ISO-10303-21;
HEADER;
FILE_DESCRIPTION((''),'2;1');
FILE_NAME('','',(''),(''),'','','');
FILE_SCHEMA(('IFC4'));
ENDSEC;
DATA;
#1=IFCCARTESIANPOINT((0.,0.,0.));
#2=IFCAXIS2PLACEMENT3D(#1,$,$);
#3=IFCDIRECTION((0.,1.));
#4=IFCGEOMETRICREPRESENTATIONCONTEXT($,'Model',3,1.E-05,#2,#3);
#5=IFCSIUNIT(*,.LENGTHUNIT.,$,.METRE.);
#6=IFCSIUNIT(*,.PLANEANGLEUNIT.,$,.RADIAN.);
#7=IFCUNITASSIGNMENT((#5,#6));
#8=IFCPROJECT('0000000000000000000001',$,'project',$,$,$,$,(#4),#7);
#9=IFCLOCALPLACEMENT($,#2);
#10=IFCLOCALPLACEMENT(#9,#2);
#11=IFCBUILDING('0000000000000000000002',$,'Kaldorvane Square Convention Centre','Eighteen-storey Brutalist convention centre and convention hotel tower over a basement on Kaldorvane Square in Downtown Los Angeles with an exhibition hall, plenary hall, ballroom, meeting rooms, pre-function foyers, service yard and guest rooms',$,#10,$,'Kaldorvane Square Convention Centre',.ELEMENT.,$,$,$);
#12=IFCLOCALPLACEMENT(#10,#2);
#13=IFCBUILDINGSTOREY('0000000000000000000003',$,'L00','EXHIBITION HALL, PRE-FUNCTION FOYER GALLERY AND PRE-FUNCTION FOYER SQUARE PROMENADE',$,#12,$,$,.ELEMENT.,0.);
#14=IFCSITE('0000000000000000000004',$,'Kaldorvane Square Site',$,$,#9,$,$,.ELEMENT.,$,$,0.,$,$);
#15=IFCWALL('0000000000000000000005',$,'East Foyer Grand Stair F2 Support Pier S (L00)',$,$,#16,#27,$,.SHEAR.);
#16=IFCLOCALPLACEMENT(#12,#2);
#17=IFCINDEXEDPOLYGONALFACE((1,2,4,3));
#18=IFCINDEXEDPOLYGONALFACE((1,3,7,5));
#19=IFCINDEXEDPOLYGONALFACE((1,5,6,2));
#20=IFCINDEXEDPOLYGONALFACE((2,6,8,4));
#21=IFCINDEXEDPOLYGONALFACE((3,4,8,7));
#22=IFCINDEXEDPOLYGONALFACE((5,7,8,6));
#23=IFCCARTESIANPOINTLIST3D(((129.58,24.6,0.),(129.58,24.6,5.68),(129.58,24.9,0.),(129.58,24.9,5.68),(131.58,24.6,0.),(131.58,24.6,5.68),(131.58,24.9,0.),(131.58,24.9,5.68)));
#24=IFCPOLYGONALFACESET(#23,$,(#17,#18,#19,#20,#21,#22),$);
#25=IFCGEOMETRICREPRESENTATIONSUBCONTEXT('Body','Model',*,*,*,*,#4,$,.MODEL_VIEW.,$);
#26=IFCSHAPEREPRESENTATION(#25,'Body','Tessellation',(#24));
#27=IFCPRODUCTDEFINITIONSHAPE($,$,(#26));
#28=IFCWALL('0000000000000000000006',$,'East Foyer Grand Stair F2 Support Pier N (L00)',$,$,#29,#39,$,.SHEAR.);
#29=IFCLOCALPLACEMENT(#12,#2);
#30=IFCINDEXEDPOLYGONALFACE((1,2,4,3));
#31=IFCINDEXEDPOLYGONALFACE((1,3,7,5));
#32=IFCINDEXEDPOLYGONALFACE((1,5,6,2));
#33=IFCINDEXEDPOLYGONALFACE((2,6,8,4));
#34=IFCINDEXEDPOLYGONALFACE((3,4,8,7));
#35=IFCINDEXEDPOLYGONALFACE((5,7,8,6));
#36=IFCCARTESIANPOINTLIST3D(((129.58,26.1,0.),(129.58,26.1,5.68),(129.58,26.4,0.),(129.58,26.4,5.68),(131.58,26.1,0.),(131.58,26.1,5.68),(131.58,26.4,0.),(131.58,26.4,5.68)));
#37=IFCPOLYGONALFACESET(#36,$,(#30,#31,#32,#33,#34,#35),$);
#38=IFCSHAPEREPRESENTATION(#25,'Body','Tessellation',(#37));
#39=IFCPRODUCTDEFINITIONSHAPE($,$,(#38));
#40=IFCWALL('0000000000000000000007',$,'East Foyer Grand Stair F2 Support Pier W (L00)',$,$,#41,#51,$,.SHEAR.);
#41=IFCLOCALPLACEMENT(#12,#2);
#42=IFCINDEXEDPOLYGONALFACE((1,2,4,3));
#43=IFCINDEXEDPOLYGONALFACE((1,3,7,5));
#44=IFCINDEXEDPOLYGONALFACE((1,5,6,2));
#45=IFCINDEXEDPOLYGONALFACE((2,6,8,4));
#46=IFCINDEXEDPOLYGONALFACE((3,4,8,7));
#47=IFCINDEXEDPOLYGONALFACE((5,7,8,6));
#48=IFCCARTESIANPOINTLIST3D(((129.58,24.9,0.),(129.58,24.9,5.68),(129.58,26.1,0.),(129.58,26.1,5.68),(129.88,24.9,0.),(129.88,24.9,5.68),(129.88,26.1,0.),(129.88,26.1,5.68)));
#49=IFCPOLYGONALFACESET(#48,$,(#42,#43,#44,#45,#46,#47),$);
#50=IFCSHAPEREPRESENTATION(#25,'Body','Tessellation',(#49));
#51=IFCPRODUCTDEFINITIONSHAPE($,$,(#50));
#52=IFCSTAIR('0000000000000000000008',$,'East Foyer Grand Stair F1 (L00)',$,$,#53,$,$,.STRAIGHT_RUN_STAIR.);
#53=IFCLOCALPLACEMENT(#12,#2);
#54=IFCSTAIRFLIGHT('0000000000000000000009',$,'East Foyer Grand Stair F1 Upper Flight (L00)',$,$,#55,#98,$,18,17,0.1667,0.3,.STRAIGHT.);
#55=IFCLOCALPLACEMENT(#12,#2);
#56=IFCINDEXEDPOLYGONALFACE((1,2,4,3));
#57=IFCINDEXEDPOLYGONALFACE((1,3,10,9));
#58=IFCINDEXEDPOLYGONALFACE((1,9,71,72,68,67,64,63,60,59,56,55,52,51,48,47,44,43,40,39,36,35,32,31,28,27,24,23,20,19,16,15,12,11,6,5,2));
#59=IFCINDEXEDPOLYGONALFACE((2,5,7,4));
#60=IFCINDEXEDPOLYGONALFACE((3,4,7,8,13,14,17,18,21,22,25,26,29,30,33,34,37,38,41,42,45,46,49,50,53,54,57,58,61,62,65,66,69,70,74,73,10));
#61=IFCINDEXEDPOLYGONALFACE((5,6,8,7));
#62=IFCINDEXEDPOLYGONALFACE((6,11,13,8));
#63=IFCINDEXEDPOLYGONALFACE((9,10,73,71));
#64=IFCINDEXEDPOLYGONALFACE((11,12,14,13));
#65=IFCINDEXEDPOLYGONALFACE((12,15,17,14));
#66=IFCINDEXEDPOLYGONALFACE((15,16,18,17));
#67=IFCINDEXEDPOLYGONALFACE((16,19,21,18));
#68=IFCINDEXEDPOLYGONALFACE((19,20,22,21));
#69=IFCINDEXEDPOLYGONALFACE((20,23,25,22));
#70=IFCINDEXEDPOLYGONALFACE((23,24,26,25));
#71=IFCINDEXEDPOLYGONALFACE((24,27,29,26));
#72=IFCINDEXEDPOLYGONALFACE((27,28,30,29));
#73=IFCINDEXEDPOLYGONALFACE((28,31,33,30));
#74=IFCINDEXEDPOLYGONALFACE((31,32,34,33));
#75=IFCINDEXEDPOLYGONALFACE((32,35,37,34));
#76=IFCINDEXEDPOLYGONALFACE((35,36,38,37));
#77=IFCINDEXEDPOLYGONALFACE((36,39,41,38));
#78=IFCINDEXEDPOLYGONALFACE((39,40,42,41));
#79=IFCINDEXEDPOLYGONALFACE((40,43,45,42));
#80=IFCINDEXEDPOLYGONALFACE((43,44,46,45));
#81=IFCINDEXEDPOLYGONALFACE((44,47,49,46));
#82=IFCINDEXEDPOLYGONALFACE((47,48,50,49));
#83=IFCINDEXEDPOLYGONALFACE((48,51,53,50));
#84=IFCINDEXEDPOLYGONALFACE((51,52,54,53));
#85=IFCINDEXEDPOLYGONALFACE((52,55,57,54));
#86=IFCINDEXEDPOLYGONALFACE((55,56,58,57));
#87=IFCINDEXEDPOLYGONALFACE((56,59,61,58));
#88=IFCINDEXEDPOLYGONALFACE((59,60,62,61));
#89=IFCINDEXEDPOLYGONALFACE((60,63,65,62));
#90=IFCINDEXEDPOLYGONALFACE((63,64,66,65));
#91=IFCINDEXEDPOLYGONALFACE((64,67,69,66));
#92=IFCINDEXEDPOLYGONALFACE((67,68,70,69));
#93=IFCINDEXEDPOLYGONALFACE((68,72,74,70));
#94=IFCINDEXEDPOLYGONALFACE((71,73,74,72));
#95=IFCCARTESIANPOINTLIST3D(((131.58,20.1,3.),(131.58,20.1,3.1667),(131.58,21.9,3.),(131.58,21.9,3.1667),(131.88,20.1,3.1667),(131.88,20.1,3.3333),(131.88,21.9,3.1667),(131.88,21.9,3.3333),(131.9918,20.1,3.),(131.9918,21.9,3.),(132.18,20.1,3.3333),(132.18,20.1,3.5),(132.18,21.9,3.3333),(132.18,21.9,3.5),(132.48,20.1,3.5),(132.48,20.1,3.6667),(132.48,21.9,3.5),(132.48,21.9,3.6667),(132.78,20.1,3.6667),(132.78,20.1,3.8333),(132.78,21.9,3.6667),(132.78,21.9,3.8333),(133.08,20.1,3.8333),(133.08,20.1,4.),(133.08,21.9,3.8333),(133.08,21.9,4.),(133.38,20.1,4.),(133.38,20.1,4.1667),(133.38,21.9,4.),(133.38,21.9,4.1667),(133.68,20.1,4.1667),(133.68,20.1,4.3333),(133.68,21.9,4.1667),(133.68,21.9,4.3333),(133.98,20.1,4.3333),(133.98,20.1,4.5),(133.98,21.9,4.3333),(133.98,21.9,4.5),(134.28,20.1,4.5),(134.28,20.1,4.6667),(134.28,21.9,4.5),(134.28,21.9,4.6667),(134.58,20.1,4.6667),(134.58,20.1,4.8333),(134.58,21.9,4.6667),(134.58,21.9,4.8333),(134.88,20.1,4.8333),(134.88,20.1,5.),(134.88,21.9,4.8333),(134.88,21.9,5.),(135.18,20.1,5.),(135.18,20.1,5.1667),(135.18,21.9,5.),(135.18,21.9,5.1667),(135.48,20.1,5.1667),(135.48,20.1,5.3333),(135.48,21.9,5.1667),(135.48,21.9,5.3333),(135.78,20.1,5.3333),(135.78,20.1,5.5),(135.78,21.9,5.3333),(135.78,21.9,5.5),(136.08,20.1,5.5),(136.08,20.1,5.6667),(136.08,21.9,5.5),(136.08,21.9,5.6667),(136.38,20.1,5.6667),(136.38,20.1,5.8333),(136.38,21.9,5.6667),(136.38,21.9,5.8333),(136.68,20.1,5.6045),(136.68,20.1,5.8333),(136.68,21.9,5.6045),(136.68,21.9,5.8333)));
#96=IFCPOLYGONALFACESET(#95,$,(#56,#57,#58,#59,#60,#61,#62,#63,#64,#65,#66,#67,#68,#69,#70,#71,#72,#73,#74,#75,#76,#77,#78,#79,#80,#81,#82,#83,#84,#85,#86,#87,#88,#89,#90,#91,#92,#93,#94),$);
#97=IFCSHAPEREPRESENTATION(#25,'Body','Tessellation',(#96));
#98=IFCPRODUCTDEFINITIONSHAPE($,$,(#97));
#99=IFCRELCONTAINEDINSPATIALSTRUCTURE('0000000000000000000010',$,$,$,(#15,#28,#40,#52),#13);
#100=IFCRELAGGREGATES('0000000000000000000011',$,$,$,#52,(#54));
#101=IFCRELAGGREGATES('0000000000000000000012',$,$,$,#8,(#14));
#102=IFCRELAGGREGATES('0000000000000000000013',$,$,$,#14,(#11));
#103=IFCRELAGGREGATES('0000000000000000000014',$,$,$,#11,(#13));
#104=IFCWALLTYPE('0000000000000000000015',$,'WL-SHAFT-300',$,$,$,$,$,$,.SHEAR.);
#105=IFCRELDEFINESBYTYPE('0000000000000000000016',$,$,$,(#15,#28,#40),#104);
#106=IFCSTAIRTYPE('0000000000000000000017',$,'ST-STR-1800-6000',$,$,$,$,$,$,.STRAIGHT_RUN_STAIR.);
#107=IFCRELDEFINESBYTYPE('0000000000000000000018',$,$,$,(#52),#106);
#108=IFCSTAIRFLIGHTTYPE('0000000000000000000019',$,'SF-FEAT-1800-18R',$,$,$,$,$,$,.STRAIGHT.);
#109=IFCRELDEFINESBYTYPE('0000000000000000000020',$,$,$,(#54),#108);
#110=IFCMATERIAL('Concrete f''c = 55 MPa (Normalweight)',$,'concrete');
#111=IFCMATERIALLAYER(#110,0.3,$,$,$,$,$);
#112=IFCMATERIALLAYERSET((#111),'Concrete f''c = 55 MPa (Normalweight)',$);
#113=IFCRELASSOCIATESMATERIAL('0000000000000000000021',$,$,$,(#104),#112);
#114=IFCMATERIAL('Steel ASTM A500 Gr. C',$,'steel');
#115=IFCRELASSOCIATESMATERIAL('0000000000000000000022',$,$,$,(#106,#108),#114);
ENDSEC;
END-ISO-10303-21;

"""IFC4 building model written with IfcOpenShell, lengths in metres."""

from ifc_helpers import new_model, si_unit, direction, frame, frame_2d, origin, place, context, subcontext, project, spatial, polyline, rectangle, outline, extrude, material, layer, layer_set, type_object, element, aggregate, save


model = new_model("IFC4")

# Units and contexts
model_context = context("Model", 3, precision=1e-05, world=origin(), true_north=direction((0.0, 1.0)))
body_context = subcontext(model_context, "Body", "Model", "MODEL_VIEW")
ifc_project = project(units=[si_unit("LENGTHUNIT", "METRE"), si_unit("PLANEANGLEUNIT", "RADIAN")], contexts=[model_context])

# Site, building, storey
site_placement = place(None, origin())
site = spatial("IfcSite", under=ifc_project, at=site_placement, Name="Kaldorvane Square Site", CompositionType="ELEMENT", RefElevation=0.0)
building_placement = place(site_placement, origin())
building = spatial("IfcBuilding", under=site, at=building_placement, Name="Kaldorvane Square Convention Centre", Description="Eighteen-storey Brutalist convention centre and convention hotel tower over a basement on Kaldorvane Square in Downtown Los Angeles with an exhibition hall, plenary hall, ballroom, meeting rooms, pre-function foyers, service yard and guest rooms", LongName="Kaldorvane Square Convention Centre", CompositionType="ELEMENT")
storey_placement = place(building_placement, origin())
storey = spatial("IfcBuildingStorey", under=building, at=storey_placement, Name="L00", Description="EXHIBITION HALL, PRE-FUNCTION FOYER GALLERY AND PRE-FUNCTION FOYER SQUARE PROMENADE", CompositionType="ELEMENT", Elevation=0.0)

# Shared definitions
ifc_material_1 = material(Name="Steel ASTM A500 Gr. C", Category="steel")
ifc_material_2 = material(Name="Concrete f'c = 55 MPa (Normalweight)", Category="concrete")

# Walls
ifc_layer_1 = layer(ifc_material_2, 0.3)
ifc_layer_set_1 = layer_set([ifc_layer_1], Name="Concrete f'c = 55 MPa (Normalweight)")
wall_type_1 = type_object("IfcWallType", Name="WL-SHAFT-300", PredefinedType="SHEAR", material=ifc_layer_set_1)
for number, where, z_axis, x_axis, name in (
    (1, (129.58, 24.75, 0.0), (0.0, 0.0, 1.0), (1.0, 0.0, 0.0), "East Foyer Grand Stair F2 Support Pier S (L00)"),
    (2, (129.58, 26.25, 0.0), (0.0, 0.0, 1.0), (1.0, 0.0, 0.0), "East Foyer Grand Stair F2 Support Pier N (L00)"),
):
    element("IfcWall", number, at=place(storey_placement, frame(where, z_axis=z_axis, x_axis=x_axis)), inside=storey, type_object=wall_type_1, Name=name, PredefinedType="SHEAR", context=body_context, shape_type="SweptSolid", body=[
        extrude(rectangle(XDim=2.0, YDim=0.3, at=frame_2d((1.0, 0.0))), origin(), (0.0, 0.0, 1.0), 5.68),
    ])
wall_1_placement = place(storey_placement, frame((129.73, 24.9, 0.0), z_axis=(0.0, 0.0, 1.0), x_axis=(0.0, 1.0, 0.0)))
element("IfcWall", 3, at=wall_1_placement, inside=storey, type_object=wall_type_1, Name="East Foyer Grand Stair F2 Support Pier W (L00)", PredefinedType="SHEAR", context=body_context, shape_type="SweptSolid", body=[
    extrude(rectangle(XDim=1.2, YDim=0.3, at=frame_2d((0.6, 0.0))), origin(), (0.0, 0.0, 1.0), 5.68),
])

# Stair, stair flight
stair_type = type_object("IfcStairType", Name="ST-STR-1800-6000", PredefinedType="STRAIGHT_RUN_STAIR", material=ifc_material_1)
stair_placement = place(storey_placement, origin())
stair = element("IfcStair", 4, at=stair_placement, inside=storey, type_object=stair_type, Name="East Foyer Grand Stair F1 (L00)", PredefinedType="STRAIGHT_RUN_STAIR")
stair_flight_type = type_object("IfcStairFlightType", Name="SF-FEAT-1800-18R", PredefinedType="STRAIGHT", material=ifc_material_1)
stair_flight_placement = place(storey_placement, frame((131.58, 21.0, 3.0), z_axis=(0.0, 0.0, 1.0), x_axis=(1.0, 0.0, 0.0)))
stair_flight = element("IfcStairFlight", 5, at=stair_flight_placement, type_object=stair_flight_type, Name="East Foyer Grand Stair F1 Upper Flight (L00)", NumberOfRisers=18, NumberOfTreads=17, PredefinedType="STRAIGHT", RiserHeight=0.1667, TreadLength=0.3, context=body_context, shape_type="SweptSolid", body=[
    extrude(outline(polyline([(0.0, 0.0), (0.0, 0.1667), (0.3, 0.1667), (0.3, 0.3333), (0.6, 0.3333), (0.6, 0.5), (0.9, 0.5), (0.9, 0.6667), (1.2, 0.6667), (1.2, 0.8333), (1.5, 0.8333), (1.5, 1.0), (1.8, 1.0), (1.8, 1.1667), (2.1, 1.1667), (2.1, 1.3333), (2.4, 1.3333), (2.4, 1.5), (2.7, 1.5), (2.7, 1.6667), (3.0, 1.6667), (3.0, 1.8333), (3.3, 1.8333), (3.3, 2.0), (3.6, 2.0), (3.6, 2.1667), (3.9, 2.1667), (3.9, 2.3333), (4.2, 2.3333), (4.2, 2.5), (4.5, 2.5), (4.5, 2.6667), (4.8, 2.6667), (4.8, 2.8333), (5.1, 2.8333), (5.1, 3.0), (5.1, 2.6045), (0.4118, 0.0), (0.0, 0.0)])), frame((0.0, 0.9, 0.0), z_axis=(0.0, -1.0, 0.0), x_axis=(1.0, 0.0, 0.0)), (0.0, 0.0, 1.0), 1.8),
])
aggregate(stair, [stair_flight])

save(model, "model.ifc")
